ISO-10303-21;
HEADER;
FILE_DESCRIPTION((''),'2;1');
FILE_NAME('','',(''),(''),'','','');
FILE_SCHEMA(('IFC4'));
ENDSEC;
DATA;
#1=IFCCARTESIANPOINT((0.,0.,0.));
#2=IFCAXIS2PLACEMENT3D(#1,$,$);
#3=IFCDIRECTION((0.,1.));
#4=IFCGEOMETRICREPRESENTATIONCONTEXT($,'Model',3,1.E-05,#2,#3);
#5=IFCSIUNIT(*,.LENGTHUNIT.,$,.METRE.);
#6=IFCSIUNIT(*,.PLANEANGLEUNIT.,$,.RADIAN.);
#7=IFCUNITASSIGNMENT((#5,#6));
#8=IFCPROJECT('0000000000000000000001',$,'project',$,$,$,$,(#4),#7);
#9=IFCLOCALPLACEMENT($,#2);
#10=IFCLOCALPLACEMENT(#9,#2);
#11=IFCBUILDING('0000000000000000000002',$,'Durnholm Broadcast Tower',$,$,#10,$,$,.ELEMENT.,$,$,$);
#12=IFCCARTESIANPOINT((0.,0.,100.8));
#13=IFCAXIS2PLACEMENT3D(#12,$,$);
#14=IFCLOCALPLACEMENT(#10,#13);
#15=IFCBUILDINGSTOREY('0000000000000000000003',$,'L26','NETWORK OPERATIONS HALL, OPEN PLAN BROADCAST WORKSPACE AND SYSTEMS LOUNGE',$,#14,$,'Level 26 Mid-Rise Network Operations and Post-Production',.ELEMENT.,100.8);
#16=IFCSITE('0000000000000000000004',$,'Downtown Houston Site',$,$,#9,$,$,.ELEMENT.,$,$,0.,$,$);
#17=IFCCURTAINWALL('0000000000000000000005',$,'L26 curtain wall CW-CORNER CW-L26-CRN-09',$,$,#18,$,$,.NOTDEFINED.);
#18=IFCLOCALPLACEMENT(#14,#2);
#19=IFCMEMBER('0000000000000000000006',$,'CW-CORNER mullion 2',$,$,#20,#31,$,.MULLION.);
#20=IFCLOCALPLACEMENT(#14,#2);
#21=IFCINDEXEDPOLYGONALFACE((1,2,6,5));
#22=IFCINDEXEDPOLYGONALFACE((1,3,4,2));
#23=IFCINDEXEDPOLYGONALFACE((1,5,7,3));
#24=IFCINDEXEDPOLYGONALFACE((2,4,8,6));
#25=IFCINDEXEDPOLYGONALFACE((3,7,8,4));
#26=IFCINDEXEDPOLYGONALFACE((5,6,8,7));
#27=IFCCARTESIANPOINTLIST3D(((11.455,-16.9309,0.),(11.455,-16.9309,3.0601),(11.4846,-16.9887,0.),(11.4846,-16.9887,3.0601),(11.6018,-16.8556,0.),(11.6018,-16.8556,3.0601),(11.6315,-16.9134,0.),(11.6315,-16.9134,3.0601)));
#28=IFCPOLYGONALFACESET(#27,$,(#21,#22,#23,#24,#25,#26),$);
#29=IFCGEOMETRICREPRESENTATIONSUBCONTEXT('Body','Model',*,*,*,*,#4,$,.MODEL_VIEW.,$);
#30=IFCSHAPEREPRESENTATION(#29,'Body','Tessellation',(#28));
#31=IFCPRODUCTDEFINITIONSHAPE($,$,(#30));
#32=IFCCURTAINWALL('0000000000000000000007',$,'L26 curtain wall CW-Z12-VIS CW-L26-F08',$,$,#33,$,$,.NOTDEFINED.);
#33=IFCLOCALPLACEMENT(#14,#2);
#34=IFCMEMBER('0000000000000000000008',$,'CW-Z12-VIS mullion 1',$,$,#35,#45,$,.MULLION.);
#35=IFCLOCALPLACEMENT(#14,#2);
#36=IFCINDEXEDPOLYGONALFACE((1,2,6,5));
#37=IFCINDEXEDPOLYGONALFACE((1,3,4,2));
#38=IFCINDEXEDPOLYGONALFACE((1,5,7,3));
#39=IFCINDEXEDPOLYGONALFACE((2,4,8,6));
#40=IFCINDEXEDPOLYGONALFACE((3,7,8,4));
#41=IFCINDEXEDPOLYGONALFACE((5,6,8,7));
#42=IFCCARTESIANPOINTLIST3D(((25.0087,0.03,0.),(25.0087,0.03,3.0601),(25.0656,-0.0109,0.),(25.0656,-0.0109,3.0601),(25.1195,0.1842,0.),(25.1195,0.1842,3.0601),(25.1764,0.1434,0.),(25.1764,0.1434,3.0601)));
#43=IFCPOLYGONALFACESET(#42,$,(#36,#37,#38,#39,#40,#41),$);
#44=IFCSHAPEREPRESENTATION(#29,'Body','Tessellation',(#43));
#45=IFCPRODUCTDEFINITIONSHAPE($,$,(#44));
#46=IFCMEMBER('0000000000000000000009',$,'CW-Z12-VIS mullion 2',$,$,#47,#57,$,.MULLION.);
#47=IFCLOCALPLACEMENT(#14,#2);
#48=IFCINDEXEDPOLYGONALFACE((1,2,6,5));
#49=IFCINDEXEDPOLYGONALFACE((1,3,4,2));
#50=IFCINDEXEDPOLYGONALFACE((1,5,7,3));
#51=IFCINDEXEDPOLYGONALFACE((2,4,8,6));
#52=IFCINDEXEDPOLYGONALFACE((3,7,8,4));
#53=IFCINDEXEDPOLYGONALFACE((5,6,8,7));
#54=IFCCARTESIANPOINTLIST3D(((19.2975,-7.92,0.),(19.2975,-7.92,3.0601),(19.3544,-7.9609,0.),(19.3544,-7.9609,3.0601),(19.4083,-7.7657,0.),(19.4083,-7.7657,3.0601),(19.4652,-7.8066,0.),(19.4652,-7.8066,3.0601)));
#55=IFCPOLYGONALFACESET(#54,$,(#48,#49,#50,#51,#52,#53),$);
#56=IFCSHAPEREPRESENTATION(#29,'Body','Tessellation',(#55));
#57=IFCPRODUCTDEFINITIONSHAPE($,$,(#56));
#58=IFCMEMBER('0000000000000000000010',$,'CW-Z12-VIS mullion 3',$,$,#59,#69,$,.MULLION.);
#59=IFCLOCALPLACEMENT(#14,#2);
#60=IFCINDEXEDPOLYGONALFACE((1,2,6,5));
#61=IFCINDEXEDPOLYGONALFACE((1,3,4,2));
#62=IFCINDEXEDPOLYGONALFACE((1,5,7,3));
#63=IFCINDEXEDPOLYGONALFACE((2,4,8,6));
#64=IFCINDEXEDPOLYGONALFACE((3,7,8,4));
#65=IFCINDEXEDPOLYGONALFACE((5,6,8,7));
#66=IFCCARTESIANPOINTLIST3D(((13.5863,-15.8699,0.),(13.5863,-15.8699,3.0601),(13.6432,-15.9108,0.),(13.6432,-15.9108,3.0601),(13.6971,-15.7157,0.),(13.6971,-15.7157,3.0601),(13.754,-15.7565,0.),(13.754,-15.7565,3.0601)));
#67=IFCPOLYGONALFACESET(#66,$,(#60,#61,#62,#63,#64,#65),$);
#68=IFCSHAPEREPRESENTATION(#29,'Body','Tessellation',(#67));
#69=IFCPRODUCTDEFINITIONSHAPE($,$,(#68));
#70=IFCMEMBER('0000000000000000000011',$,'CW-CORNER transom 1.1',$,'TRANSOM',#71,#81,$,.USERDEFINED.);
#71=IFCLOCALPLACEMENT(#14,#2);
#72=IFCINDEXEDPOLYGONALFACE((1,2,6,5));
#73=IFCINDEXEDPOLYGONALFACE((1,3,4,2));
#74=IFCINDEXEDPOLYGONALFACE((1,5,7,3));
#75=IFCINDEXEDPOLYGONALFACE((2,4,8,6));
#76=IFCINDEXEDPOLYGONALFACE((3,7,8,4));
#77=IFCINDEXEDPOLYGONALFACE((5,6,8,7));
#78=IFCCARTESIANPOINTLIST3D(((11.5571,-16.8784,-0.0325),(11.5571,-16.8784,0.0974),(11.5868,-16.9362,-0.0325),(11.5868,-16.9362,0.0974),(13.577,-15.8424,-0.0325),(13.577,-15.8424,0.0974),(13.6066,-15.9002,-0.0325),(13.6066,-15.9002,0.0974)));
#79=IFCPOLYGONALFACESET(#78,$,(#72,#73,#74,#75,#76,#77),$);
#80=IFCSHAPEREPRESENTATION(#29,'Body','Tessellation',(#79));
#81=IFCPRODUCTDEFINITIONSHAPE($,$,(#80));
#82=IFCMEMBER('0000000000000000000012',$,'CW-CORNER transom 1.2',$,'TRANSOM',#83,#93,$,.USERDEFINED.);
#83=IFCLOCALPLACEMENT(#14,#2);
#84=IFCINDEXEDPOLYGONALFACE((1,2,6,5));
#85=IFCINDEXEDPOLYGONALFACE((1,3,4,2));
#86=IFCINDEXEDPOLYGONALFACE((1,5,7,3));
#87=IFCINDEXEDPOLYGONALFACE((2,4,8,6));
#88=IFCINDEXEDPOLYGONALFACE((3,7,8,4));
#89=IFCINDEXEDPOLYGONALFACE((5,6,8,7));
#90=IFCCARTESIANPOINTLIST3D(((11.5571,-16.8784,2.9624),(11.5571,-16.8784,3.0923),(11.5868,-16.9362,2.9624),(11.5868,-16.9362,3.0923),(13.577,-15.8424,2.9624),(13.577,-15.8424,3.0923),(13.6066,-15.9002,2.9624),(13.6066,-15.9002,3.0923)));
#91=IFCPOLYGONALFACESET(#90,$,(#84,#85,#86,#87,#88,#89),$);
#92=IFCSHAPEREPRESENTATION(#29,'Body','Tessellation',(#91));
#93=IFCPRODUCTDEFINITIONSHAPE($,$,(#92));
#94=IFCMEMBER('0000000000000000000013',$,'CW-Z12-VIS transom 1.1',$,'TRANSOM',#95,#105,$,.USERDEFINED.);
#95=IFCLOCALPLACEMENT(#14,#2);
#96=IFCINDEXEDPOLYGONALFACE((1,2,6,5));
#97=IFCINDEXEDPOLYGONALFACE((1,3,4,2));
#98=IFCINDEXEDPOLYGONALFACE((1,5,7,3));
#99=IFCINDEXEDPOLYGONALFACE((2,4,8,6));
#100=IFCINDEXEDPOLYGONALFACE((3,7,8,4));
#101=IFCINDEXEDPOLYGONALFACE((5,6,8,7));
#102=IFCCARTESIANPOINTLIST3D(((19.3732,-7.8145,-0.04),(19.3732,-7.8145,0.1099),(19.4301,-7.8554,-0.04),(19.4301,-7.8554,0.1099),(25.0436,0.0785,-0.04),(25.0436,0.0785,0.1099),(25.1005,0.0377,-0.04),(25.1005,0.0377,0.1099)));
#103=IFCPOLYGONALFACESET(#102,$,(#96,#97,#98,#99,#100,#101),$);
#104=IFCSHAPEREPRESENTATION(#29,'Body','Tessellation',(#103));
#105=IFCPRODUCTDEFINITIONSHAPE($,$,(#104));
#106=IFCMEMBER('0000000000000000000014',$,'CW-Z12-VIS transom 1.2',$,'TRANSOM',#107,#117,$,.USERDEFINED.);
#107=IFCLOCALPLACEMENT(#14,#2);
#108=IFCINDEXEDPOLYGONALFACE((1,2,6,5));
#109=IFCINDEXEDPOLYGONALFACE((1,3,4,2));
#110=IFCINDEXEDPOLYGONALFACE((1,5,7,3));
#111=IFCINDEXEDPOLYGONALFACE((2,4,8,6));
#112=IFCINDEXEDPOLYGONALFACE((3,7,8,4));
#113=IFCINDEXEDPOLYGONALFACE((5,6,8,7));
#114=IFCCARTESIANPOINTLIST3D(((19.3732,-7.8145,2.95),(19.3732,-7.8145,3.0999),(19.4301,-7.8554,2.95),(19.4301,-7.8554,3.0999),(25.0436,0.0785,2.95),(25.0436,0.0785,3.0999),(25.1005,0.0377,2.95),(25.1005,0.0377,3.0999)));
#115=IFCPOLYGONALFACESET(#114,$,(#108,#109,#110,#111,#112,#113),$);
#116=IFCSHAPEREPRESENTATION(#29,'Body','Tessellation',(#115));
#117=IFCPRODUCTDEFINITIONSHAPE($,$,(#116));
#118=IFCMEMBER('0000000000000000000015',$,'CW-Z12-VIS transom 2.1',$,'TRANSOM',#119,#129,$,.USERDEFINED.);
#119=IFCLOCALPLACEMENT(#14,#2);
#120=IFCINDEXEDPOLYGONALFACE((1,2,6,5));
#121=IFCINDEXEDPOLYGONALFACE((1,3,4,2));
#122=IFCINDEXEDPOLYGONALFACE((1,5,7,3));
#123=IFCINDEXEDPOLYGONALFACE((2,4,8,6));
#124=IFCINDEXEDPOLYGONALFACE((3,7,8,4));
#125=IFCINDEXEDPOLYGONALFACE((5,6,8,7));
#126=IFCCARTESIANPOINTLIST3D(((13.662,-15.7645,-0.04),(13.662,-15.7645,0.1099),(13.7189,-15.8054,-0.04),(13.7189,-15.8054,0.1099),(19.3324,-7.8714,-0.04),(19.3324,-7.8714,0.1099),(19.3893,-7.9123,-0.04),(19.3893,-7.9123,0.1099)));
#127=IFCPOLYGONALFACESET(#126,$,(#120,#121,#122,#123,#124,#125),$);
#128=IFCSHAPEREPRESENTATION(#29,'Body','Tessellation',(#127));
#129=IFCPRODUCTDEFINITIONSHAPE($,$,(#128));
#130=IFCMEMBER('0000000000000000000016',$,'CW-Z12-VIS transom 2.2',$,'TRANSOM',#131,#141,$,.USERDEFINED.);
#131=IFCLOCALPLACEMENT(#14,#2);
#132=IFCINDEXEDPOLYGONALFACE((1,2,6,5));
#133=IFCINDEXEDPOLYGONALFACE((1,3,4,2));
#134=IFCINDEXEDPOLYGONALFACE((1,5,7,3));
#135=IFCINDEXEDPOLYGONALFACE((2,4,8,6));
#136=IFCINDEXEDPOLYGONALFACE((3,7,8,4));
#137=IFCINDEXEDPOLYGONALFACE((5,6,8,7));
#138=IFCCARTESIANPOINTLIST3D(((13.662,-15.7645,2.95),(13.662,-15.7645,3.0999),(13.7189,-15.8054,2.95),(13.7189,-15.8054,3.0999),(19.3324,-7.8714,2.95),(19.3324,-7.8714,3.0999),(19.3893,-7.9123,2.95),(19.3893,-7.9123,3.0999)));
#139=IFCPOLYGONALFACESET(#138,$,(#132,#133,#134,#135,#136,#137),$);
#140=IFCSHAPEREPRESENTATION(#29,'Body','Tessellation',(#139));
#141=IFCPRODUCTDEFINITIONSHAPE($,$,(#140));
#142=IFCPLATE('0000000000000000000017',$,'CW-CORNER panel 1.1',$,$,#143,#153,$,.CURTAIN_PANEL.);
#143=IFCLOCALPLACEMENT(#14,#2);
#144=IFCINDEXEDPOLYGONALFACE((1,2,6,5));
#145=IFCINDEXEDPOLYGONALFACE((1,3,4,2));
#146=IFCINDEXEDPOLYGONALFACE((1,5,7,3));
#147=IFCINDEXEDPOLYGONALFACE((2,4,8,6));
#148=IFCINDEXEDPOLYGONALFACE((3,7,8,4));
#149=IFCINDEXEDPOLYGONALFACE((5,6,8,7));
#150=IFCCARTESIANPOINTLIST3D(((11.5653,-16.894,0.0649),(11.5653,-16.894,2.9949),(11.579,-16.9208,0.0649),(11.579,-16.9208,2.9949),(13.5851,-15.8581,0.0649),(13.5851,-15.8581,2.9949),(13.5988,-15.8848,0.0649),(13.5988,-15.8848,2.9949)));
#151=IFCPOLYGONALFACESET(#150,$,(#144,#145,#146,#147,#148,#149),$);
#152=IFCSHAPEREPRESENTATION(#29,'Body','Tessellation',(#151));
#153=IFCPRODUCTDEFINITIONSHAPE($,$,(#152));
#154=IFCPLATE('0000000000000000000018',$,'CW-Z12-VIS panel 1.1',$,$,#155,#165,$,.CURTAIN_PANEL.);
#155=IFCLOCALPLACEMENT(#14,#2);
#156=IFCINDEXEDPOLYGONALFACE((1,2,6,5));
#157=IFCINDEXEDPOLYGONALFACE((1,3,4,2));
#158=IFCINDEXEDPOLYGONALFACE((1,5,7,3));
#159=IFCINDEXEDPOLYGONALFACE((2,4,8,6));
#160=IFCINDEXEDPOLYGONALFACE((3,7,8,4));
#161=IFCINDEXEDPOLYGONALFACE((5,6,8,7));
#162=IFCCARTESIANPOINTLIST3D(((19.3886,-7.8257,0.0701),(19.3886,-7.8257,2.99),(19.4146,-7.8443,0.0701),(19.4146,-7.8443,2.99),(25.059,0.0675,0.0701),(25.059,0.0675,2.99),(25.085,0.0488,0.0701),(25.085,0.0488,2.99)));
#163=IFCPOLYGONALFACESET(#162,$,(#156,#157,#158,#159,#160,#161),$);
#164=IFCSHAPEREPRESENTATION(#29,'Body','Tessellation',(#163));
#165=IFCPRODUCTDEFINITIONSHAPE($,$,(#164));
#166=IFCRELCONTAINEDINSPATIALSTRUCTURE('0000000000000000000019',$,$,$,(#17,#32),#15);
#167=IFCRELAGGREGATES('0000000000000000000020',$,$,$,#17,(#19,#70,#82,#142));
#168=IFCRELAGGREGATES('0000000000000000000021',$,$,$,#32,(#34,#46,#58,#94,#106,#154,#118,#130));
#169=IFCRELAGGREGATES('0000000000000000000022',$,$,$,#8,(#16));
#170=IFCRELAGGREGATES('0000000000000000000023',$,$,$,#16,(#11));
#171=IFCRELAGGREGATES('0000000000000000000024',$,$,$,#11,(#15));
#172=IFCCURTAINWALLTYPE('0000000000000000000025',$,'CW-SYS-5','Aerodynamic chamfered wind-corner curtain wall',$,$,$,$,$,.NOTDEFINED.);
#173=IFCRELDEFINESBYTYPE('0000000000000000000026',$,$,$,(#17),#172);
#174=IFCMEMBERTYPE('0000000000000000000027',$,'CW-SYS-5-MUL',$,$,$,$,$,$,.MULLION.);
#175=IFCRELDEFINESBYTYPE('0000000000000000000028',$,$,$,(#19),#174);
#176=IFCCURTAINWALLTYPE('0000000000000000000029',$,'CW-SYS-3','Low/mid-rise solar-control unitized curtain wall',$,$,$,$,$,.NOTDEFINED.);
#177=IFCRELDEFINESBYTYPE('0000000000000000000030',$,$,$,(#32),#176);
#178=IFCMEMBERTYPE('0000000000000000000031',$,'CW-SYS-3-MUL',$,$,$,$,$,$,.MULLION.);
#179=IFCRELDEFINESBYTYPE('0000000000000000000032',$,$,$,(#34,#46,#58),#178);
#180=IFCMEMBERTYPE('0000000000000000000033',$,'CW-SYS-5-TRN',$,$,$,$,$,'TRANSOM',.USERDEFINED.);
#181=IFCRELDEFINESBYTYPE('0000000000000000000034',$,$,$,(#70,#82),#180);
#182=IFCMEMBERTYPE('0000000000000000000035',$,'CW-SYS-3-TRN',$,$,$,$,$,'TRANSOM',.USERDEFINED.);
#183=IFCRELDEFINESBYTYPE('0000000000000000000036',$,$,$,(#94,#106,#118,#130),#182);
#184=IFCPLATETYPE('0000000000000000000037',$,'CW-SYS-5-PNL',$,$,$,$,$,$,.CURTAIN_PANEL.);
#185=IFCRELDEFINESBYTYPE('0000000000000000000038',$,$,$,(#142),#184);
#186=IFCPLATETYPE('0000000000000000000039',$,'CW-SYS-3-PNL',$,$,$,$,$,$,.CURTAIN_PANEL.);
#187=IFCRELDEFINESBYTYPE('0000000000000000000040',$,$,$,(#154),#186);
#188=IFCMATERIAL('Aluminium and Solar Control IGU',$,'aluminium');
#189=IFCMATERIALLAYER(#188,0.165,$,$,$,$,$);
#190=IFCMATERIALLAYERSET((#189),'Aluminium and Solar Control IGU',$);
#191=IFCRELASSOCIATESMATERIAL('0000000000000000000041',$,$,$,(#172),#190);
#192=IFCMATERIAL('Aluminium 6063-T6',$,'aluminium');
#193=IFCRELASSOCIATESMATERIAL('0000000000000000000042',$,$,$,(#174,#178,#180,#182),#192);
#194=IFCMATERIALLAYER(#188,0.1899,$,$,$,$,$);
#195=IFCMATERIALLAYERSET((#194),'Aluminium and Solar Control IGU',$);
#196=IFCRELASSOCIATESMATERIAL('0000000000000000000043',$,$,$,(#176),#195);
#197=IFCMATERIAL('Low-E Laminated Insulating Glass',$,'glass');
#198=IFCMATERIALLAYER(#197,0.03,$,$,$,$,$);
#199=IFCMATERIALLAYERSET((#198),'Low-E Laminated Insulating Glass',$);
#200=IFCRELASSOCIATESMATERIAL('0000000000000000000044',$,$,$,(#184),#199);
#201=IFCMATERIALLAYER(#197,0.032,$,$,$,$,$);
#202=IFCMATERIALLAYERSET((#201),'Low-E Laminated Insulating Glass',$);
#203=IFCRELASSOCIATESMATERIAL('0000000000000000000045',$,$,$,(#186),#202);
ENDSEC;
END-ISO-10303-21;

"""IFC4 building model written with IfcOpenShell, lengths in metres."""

from ifc_helpers import new_model, si_unit, direction, frame, origin, origin_2d, place, context, subcontext, project, spatial, rectangle, extrude, source, transform, mapped, material, layer, layer_set, material_profile, profile_set, type_object, type_shapes, element, aggregate, save


model = new_model("IFC4")

# Units and contexts
model_context = context("Model", 3, precision=1e-05, world=origin(), true_north=direction((0.0, 1.0)))
body_context = subcontext(model_context, "Body", "Model", "MODEL_VIEW")
ifc_project = project(units=[si_unit("LENGTHUNIT", "METRE"), si_unit("PLANEANGLEUNIT", "RADIAN")], contexts=[model_context])

# Site, building, storey
site_placement = place(None, origin())
site = spatial("IfcSite", under=ifc_project, at=site_placement, Name="Downtown Houston Site", CompositionType="ELEMENT", RefElevation=0.0)
building_placement = place(site_placement, origin())
building = spatial("IfcBuilding", under=site, at=building_placement, Name="Durnholm Broadcast Tower", CompositionType="ELEMENT")
storey_placement = place(building_placement, frame((0.0, 0.0, 100.8)))
storey = spatial("IfcBuildingStorey", under=building, at=storey_placement, Name="L26", Description="NETWORK OPERATIONS HALL, OPEN PLAN BROADCAST WORKSPACE AND SYSTEMS LOUNGE", LongName="Level 26 Mid-Rise Network Operations and Post-Production", CompositionType="ELEMENT", Elevation=100.8)

# Curtain walls, members
ifc_material_1 = material(Name="Aluminium and Solar Control IGU", Category="aluminium")
ifc_layer_1 = layer(ifc_material_1, 0.165)
ifc_layer_set_1 = layer_set([ifc_layer_1], Name="Aluminium and Solar Control IGU")
curtain_wall_type_1 = type_object("IfcCurtainWallType", Name="CW-SYS-5", Description="Aerodynamic chamfered wind-corner curtain wall", PredefinedType="NOTDEFINED", material=ifc_layer_set_1)
curtain_wall_1_placement = place(storey_placement, origin())
curtain_wall_1 = element("IfcCurtainWall", 1, at=curtain_wall_1_placement, inside=storey, type_object=curtain_wall_type_1, Name="L26 curtain wall CW-CORNER CW-L26-CRN-09", PredefinedType="NOTDEFINED")
ifc_material_2 = material(Name="Aluminium 6063-T6", Category="aluminium")
ifc_material_profile_1 = material_profile(ifc_material_2, rectangle(XDim=0.0649, YDim=0.165, at=origin_2d()), Name="CWM65X165")
ifc_profile_set_1 = profile_set([ifc_material_profile_1], Name="Aluminium 6063-T6")
member_type_1 = type_object("IfcMemberType", Name="CW-SYS-5-MUL", PredefinedType="MULLION", material=ifc_profile_set_1)
shared_shape_1 = source(origin(), body_context, "Body", "SweptSolid", [
    extrude(rectangle(XDim=0.0649, YDim=0.165, at=origin_2d()), origin(), (0.0, 0.0, 1.0), 3.0601),
])
type_shapes(member_type_1, [shared_shape_1])
member_1_placement = place(storey_placement, frame((11.5432, -16.9221, 0.0), z_axis=(0.0, 0.0, 1.0), x_axis=(0.456373, -0.889788, 0.0)))
member_1 = element("IfcMember", 2, at=member_1_placement, type_object=member_type_1, Name="CW-CORNER mullion 2", PredefinedType="MULLION", context=body_context, shape_type="MappedRepresentation", body=[
    mapped(shared_shape_1, transform((0.0, 0.0, 0.0), x_axis=(1.0, 0.0, 0.0), y_axis=(0.0, 1.0, 0.0), z_axis=(0.0, 0.0, 1.0), scale=1.0)),
])
ifc_layer_2 = layer(ifc_material_1, 0.1899)
ifc_layer_set_2 = layer_set([ifc_layer_2], Name="Aluminium and Solar Control IGU")
curtain_wall_type_2 = type_object("IfcCurtainWallType", Name="CW-SYS-3", Description="Low/mid-rise solar-control unitized curtain wall", PredefinedType="NOTDEFINED", material=ifc_layer_set_2)
curtain_wall_2_placement = place(storey_placement, origin())
curtain_wall_2 = element("IfcCurtainWall", 3, at=curtain_wall_2_placement, inside=storey, type_object=curtain_wall_type_2, Name="L26 curtain wall CW-Z12-VIS CW-L26-F08", PredefinedType="NOTDEFINED")
ifc_material_profile_2 = material_profile(ifc_material_2, rectangle(XDim=0.0701, YDim=0.1899, at=origin_2d()), Name="CWM70X190")
ifc_profile_set_2 = profile_set([ifc_material_profile_2], Name="Aluminium 6063-T6")
member_type_2 = type_object("IfcMemberType", Name="CW-SYS-3-MUL", PredefinedType="MULLION", material=ifc_profile_set_2)
shared_shape_2 = source(origin(), body_context, "Body", "SweptSolid", [
    extrude(rectangle(XDim=0.0701, YDim=0.1899, at=origin_2d()), origin(), (0.0, 0.0, 1.0), 3.0601),
])
type_shapes(member_type_2, [shared_shape_2])
member_2_placement = place(storey_placement, frame((25.0925, 0.0867, 0.0), z_axis=(0.0, 0.0, 1.0), x_axis=(0.812152, -0.583445, 0.0)))
member_2 = element("IfcMember", 4, at=member_2_placement, type_object=member_type_2, Name="CW-Z12-VIS mullion 1", PredefinedType="MULLION", context=body_context, shape_type="MappedRepresentation", body=[
    mapped(shared_shape_2, transform((0.0, 0.0, 0.0), x_axis=(1.0, 0.0, 0.0), y_axis=(0.0, 1.0, 0.0), z_axis=(0.0, 0.0, 1.0), scale=1.0)),
])
member_3_placement = place(storey_placement, frame((19.3813, -7.8633, 0.0), z_axis=(0.0, 0.0, 1.0), x_axis=(0.812152, -0.583445, 0.0)))
member_3 = element("IfcMember", 5, at=member_3_placement, type_object=member_type_2, Name="CW-Z12-VIS mullion 2", PredefinedType="MULLION", context=body_context, shape_type="MappedRepresentation", body=[
    mapped(shared_shape_2, transform((0.0, 0.0, 0.0), x_axis=(1.0, 0.0, 0.0), y_axis=(0.0, 1.0, 0.0), z_axis=(0.0, 0.0, 1.0), scale=1.0)),
])
member_4_placement = place(storey_placement, frame((13.6702, -15.8132, 0.0), z_axis=(0.0, 0.0, 1.0), x_axis=(0.812152, -0.583445, 0.0)))
member_4 = element("IfcMember", 6, at=member_4_placement, type_object=member_type_2, Name="CW-Z12-VIS mullion 3", PredefinedType="MULLION", context=body_context, shape_type="MappedRepresentation", body=[
    mapped(shared_shape_2, transform((0.0, 0.0, 0.0), x_axis=(1.0, 0.0, 0.0), y_axis=(0.0, 1.0, 0.0), z_axis=(0.0, 0.0, 1.0), scale=1.0)),
])

# Members
ifc_material_profile_3 = material_profile(ifc_material_2, rectangle(XDim=0.0649, YDim=0.1299, at=origin_2d()), Name="CWT65X130")
ifc_profile_set_3 = profile_set([ifc_material_profile_3], Name="Aluminium 6063-T6")
member_type_3 = type_object("IfcMemberType", Name="CW-SYS-5-TRN", ElementType="TRANSOM", PredefinedType="USERDEFINED", material=ifc_profile_set_3)
shared_shape_3 = source(origin(), body_context, "Body", "SweptSolid", [
    extrude(rectangle(XDim=0.0649, YDim=0.1299, at=origin_2d()), origin(), (0.0, 0.0, 1.0), 2.27),
])
type_shapes(member_type_3, [shared_shape_3])
member_5_placement = place(storey_placement, frame((13.5918, -15.8713, 0.0325), z_axis=(-0.889798, -0.456354, 0.0), x_axis=(0.456354, -0.889798, 0.0)))
member_5 = element("IfcMember", 7, at=member_5_placement, type_object=member_type_3, Name="CW-CORNER transom 1.1", ObjectType="TRANSOM", PredefinedType="USERDEFINED", context=body_context, shape_type="MappedRepresentation", body=[
    mapped(shared_shape_3, transform((0.0, 0.0, 0.0), x_axis=(1.0, 0.0, 0.0), y_axis=(0.0, 1.0, 0.0), z_axis=(0.0, 0.0, 1.0), scale=1.0)),
])
member_6_placement = place(storey_placement, frame((13.5918, -15.8713, 3.0273), z_axis=(-0.889798, -0.456354, 0.0), x_axis=(0.456354, -0.889798, 0.0)))
member_6 = element("IfcMember", 8, at=member_6_placement, type_object=member_type_3, Name="CW-CORNER transom 1.2", ObjectType="TRANSOM", PredefinedType="USERDEFINED", context=body_context, shape_type="MappedRepresentation", body=[
    mapped(shared_shape_3, transform((0.0, 0.0, 0.0), x_axis=(1.0, 0.0, 0.0), y_axis=(0.0, 1.0, 0.0), z_axis=(0.0, 0.0, 1.0), scale=1.0)),
])
ifc_material_profile_4 = material_profile(ifc_material_2, rectangle(XDim=0.0701, YDim=0.1499, at=origin_2d()), Name="CWT70X150")
ifc_profile_set_4 = profile_set([ifc_material_profile_4], Name="Aluminium 6063-T6")
member_type_4 = type_object("IfcMemberType", Name="CW-SYS-3-TRN", ElementType="TRANSOM", PredefinedType="USERDEFINED", material=ifc_profile_set_4)
shared_shape_4 = source(origin(), body_context, "Body", "SweptSolid", [
    extrude(rectangle(XDim=0.0701, YDim=0.1499, at=origin_2d()), origin(), (0.0, 0.0, 1.0), 9.7188),
])
type_shapes(member_type_4, [shared_shape_4])
member_7_placement = place(storey_placement, frame((25.072, 0.0581, 0.0349), z_axis=(-0.583451, -0.812149, 0.0), x_axis=(0.812149, -0.583451, 0.0)))
member_7 = element("IfcMember", 9, at=member_7_placement, type_object=member_type_4, Name="CW-Z12-VIS transom 1.1", ObjectType="TRANSOM", PredefinedType="USERDEFINED", context=body_context, shape_type="MappedRepresentation", body=[
    mapped(shared_shape_4, transform((0.0, 0.0, 0.0), x_axis=(1.0, 0.0, 0.0), y_axis=(0.0, 1.0, 0.0), z_axis=(0.0, 0.0, 1.0), scale=1.0)),
])
member_8_placement = place(storey_placement, frame((25.072, 0.0581, 3.0249), z_axis=(-0.583451, -0.812149, 0.0), x_axis=(0.812149, -0.583451, 0.0)))
member_8 = element("IfcMember", 10, at=member_8_placement, type_object=member_type_4, Name="CW-Z12-VIS transom 1.2", ObjectType="TRANSOM", PredefinedType="USERDEFINED", context=body_context, shape_type="MappedRepresentation", body=[
    mapped(shared_shape_4, transform((0.0, 0.0, 0.0), x_axis=(1.0, 0.0, 0.0), y_axis=(0.0, 1.0, 0.0), z_axis=(0.0, 0.0, 1.0), scale=1.0)),
])
member_9_placement = place(storey_placement, frame((19.3608, -7.8918, 0.0349), z_axis=(-0.583451, -0.812149, 0.0), x_axis=(0.812149, -0.583451, 0.0)))
member_9 = element("IfcMember", 11, at=member_9_placement, type_object=member_type_4, Name="CW-Z12-VIS transom 2.1", ObjectType="TRANSOM", PredefinedType="USERDEFINED", context=body_context, shape_type="MappedRepresentation", body=[
    mapped(shared_shape_4, transform((0.0, 0.0, 0.0), x_axis=(1.0, 0.0, 0.0), y_axis=(0.0, 1.0, 0.0), z_axis=(0.0, 0.0, 1.0), scale=1.0)),
])
member_10_placement = place(storey_placement, frame((19.3608, -7.8918, 3.0249), z_axis=(-0.583451, -0.812149, 0.0), x_axis=(0.812149, -0.583451, 0.0)))
member_10 = element("IfcMember", 12, at=member_10_placement, type_object=member_type_4, Name="CW-Z12-VIS transom 2.2", ObjectType="TRANSOM", PredefinedType="USERDEFINED", context=body_context, shape_type="MappedRepresentation", body=[
    mapped(shared_shape_4, transform((0.0, 0.0, 0.0), x_axis=(1.0, 0.0, 0.0), y_axis=(0.0, 1.0, 0.0), z_axis=(0.0, 0.0, 1.0), scale=1.0)),
])

# Plates
ifc_material_3 = material(Name="Low-E Laminated Insulating Glass", Category="glass")
ifc_layer_3 = layer(ifc_material_3, 0.03)
ifc_layer_set_3 = layer_set([ifc_layer_3], Name="Low-E Laminated Insulating Glass")
plate_type_1 = type_object("IfcPlateType", Name="CW-SYS-5-PNL", PredefinedType="CURTAIN_PANEL", material=ifc_layer_set_3)
shared_shape_5 = source(origin(), body_context, "Body", "SweptSolid", [
    extrude(rectangle(XDim=2.27, YDim=0.03, at=origin_2d()), origin(), (0.0, 0.0, 1.0), 2.9299),
])
type_shapes(plate_type_1, [shared_shape_5])
plate_1_placement = place(storey_placement, frame((12.582, -16.3894, 0.0649), z_axis=(0.0, 0.0, 1.0), x_axis=(-0.889788, -0.456373, 0.0)))
plate_1 = element("IfcPlate", 13, at=plate_1_placement, type_object=plate_type_1, Name="CW-CORNER panel 1.1", PredefinedType="CURTAIN_PANEL", context=body_context, shape_type="MappedRepresentation", body=[
    mapped(shared_shape_5, transform((0.0, 0.0, 0.0), x_axis=(1.0, 0.0, 0.0), y_axis=(0.0, 1.0, 0.0), z_axis=(0.0, 0.0, 1.0), scale=1.0)),
])
aggregate(curtain_wall_1, [member_1, member_5, member_6, plate_1])
ifc_layer_4 = layer(ifc_material_3, 0.032)
ifc_layer_set_4 = layer_set([ifc_layer_4], Name="Low-E Laminated Insulating Glass")
plate_type_2 = type_object("IfcPlateType", Name="CW-SYS-3-PNL", PredefinedType="CURTAIN_PANEL", material=ifc_layer_set_4)
shared_shape_6 = source(origin(), body_context, "Body", "SweptSolid", [
    extrude(rectangle(XDim=9.7188, YDim=0.032, at=origin_2d()), origin(), (0.0, 0.0, 1.0), 2.9199),
])
type_shapes(plate_type_2, [shared_shape_6])
plate_2_placement = place(storey_placement, frame((22.2368, -3.8884, 0.0701), z_axis=(0.0, 0.0, 1.0), x_axis=(-0.583445, -0.812152, 0.0)))
plate_2 = element("IfcPlate", 14, at=plate_2_placement, type_object=plate_type_2, Name="CW-Z12-VIS panel 1.1", PredefinedType="CURTAIN_PANEL", context=body_context, shape_type="MappedRepresentation", body=[
    mapped(shared_shape_6, transform((0.0, 0.0, 0.0), x_axis=(1.0, 0.0, 0.0), y_axis=(0.0, 1.0, 0.0), z_axis=(0.0, 0.0, 1.0), scale=1.0)),
])
aggregate(curtain_wall_2, [member_2, member_3, member_4, member_7, member_8, plate_2, member_9, member_10])

save(model, "model.ifc")
